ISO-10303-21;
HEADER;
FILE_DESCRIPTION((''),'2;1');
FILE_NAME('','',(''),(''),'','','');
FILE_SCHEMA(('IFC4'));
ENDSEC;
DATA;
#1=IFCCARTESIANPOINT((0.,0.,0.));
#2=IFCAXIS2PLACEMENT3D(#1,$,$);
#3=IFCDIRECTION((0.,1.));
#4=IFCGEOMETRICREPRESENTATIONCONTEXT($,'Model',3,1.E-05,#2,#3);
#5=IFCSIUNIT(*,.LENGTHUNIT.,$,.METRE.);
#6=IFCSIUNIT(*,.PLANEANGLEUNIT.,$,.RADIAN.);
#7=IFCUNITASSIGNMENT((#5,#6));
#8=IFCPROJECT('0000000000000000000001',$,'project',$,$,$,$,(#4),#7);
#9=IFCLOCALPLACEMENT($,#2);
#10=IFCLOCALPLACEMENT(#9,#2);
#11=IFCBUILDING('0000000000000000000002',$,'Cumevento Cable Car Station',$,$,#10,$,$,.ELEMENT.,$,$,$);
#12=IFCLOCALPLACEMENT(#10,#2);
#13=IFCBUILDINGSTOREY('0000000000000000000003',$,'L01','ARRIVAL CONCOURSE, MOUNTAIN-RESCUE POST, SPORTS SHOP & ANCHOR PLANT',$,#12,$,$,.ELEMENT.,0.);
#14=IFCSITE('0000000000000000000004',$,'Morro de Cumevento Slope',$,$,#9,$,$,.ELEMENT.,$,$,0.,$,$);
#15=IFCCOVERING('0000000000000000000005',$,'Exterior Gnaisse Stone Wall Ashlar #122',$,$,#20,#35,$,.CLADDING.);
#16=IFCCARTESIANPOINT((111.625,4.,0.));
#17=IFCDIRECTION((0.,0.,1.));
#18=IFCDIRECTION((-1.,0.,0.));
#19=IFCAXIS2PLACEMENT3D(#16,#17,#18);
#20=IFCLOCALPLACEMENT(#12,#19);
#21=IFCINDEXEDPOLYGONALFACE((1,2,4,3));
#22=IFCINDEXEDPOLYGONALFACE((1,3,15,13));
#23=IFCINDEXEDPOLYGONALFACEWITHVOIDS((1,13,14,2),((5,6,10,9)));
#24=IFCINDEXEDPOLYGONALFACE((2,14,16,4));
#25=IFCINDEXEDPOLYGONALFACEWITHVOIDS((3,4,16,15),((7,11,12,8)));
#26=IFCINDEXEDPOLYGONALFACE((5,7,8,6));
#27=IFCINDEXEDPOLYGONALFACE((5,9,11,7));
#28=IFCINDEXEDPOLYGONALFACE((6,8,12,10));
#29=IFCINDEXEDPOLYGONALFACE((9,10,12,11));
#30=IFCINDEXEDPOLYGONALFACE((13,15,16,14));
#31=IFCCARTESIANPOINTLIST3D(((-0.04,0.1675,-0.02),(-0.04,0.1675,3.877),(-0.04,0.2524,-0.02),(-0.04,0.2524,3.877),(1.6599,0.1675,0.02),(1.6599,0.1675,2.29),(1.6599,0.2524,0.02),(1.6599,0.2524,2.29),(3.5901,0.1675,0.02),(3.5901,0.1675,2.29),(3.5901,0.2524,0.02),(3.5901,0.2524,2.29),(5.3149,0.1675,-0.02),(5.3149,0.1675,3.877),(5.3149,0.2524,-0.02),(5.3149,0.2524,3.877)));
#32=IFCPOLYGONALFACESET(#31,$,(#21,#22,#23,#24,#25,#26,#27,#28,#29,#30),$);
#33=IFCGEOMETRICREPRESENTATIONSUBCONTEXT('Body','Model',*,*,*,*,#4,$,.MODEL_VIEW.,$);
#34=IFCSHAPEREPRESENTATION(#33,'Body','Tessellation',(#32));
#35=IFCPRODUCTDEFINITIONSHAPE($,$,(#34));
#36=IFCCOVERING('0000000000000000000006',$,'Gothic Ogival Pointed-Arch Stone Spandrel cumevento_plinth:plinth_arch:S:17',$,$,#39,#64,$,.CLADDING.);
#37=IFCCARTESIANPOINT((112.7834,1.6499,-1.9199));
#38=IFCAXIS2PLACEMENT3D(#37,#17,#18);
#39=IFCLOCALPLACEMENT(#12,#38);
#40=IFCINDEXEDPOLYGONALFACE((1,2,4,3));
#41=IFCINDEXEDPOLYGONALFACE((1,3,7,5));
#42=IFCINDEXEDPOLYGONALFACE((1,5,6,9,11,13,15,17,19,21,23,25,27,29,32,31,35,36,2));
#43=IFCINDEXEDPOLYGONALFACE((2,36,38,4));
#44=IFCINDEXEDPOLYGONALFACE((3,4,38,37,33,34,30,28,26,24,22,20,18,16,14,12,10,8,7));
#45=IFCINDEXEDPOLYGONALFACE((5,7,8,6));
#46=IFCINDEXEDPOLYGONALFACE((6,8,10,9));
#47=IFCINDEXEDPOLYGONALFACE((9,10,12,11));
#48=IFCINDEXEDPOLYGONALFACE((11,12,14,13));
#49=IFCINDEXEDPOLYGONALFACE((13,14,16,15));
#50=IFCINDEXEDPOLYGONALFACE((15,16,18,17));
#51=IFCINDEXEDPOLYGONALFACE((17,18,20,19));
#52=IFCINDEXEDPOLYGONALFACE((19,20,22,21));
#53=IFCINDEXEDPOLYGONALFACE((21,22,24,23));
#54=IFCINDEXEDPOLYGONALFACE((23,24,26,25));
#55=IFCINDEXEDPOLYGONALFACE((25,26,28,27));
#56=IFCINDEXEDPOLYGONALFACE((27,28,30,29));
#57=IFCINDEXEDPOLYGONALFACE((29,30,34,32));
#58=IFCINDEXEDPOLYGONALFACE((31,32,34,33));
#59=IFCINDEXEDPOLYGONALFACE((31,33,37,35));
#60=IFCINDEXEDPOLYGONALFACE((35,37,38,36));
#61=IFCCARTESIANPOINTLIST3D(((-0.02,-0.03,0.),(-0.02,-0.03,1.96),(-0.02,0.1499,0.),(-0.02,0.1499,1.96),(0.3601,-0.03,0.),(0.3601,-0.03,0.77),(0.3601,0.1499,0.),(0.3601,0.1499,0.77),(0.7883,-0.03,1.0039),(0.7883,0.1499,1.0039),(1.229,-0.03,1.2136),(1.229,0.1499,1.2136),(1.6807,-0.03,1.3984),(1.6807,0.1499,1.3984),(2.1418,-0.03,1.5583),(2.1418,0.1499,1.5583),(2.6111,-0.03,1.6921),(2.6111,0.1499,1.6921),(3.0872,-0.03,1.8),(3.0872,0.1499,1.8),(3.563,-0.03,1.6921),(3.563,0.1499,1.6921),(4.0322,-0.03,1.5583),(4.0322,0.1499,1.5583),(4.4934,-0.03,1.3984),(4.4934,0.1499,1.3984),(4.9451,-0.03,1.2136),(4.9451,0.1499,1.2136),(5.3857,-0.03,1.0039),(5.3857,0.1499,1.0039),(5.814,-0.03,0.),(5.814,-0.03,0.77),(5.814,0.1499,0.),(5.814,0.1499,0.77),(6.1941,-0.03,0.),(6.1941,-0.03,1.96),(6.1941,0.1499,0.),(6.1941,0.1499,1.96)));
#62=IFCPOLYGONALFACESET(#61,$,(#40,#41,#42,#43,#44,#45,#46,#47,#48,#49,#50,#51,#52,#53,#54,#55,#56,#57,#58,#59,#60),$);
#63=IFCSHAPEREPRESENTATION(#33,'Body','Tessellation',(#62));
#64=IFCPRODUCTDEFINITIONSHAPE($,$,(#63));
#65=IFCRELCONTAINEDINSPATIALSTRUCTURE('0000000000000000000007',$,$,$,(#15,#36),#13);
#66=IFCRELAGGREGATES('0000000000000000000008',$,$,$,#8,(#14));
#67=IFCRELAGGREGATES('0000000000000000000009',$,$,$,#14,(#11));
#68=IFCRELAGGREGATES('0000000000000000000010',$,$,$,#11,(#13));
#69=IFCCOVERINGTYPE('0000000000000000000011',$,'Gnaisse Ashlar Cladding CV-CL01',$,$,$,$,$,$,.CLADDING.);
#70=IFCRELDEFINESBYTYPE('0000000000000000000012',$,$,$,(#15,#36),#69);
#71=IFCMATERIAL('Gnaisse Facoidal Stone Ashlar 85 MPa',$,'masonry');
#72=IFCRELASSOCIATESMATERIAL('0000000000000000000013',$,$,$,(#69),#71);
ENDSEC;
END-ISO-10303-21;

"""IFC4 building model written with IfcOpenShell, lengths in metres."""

from ifc_helpers import new_model, si_unit, direction, frame, origin, place, context, subcontext, project, spatial, polyline, outline, extrude, material, type_object, element, save


model = new_model("IFC4")

# Units and contexts
model_context = context("Model", 3, precision=1e-05, world=origin(), true_north=direction((0.0, 1.0)))
body_context = subcontext(model_context, "Body", "Model", "MODEL_VIEW")
ifc_project = project(units=[si_unit("LENGTHUNIT", "METRE"), si_unit("PLANEANGLEUNIT", "RADIAN")], contexts=[model_context])

# Site, building, storey
site_placement = place(None, origin())
site = spatial("IfcSite", under=ifc_project, at=site_placement, Name="Morro de Cumevento Slope", CompositionType="ELEMENT", RefElevation=0.0)
building_placement = place(site_placement, origin())
building = spatial("IfcBuilding", under=site, at=building_placement, Name="Cumevento Cable Car Station", CompositionType="ELEMENT")
storey_placement = place(building_placement, origin())
storey = spatial("IfcBuildingStorey", under=building, at=storey_placement, Name="L01", Description="ARRIVAL CONCOURSE, MOUNTAIN-RESCUE POST, SPORTS SHOP & ANCHOR PLANT", CompositionType="ELEMENT", Elevation=0.0)

# Coverings
ifc_material_1 = material(Name="Gnaisse Facoidal Stone Ashlar 85 MPa", Category="masonry")
covering_type = type_object("IfcCoveringType", Name="Gnaisse Ashlar Cladding CV-CL01", PredefinedType="CLADDING", material=ifc_material_1)
covering_1_placement = place(storey_placement, frame((111.625, 4.0, 0.0), z_axis=(0.0, 0.0, 1.0), x_axis=(-1.0, 0.0, 0.0)))
element("IfcCovering", 1, at=covering_1_placement, inside=storey, type_object=covering_type, Name="Exterior Gnaisse Stone Wall Ashlar #122", PredefinedType="CLADDING", context=body_context, shape_type="SweptSolid", body=[
    extrude(outline(polyline([(-0.04, -0.02), (5.3149, -0.02), (5.3149, 3.877), (-0.04, 3.877), (-0.04, -0.02)]), holes=[polyline([(1.6599, 0.02), (3.5901, 0.02), (3.5901, 2.29), (1.6599, 2.29), (1.6599, 0.02)])]), frame((0.0, 0.2524, 0.0), z_axis=(0.0, -1.0, 0.0), x_axis=(1.0, 0.0, 0.0)), (0.0, 0.0, 1.0), 0.085),
])
covering_2_placement = place(storey_placement, frame((112.7834, 1.6499, -1.9199), z_axis=(0.0, 0.0, 1.0), x_axis=(-1.0, 0.0, 0.0)))
element("IfcCovering", 2, at=covering_2_placement, inside=storey, type_object=covering_type, Name="Gothic Ogival Pointed-Arch Stone Spandrel cumevento_plinth:plinth_arch:S:17", PredefinedType="CLADDING", context=body_context, shape_type="SweptSolid", body=[
    extrude(outline(polyline([(-0.02, 0.0), (-0.02, 1.96), (6.1941, 1.96), (6.1941, 0.0), (5.814, 0.0), (5.814, 0.77), (5.3857, 1.0039), (4.9451, 1.2136), (4.4934, 1.3984), (4.0322, 1.5583), (3.563, 1.6921), (3.0872, 1.8), (2.6111, 1.6921), (2.1418, 1.5583), (1.6807, 1.3984), (1.229, 1.2136), (0.7883, 1.0039), (0.3601, 0.77), (0.3601, 0.0), (-0.02, 0.0)])), frame((0.0, 0.1499, 0.0), z_axis=(0.0, -1.0, 0.0), x_axis=(1.0, 0.0, 0.0)), (0.0, 0.0, 1.0), 0.1799),
])

save(model, "model.ifc")
